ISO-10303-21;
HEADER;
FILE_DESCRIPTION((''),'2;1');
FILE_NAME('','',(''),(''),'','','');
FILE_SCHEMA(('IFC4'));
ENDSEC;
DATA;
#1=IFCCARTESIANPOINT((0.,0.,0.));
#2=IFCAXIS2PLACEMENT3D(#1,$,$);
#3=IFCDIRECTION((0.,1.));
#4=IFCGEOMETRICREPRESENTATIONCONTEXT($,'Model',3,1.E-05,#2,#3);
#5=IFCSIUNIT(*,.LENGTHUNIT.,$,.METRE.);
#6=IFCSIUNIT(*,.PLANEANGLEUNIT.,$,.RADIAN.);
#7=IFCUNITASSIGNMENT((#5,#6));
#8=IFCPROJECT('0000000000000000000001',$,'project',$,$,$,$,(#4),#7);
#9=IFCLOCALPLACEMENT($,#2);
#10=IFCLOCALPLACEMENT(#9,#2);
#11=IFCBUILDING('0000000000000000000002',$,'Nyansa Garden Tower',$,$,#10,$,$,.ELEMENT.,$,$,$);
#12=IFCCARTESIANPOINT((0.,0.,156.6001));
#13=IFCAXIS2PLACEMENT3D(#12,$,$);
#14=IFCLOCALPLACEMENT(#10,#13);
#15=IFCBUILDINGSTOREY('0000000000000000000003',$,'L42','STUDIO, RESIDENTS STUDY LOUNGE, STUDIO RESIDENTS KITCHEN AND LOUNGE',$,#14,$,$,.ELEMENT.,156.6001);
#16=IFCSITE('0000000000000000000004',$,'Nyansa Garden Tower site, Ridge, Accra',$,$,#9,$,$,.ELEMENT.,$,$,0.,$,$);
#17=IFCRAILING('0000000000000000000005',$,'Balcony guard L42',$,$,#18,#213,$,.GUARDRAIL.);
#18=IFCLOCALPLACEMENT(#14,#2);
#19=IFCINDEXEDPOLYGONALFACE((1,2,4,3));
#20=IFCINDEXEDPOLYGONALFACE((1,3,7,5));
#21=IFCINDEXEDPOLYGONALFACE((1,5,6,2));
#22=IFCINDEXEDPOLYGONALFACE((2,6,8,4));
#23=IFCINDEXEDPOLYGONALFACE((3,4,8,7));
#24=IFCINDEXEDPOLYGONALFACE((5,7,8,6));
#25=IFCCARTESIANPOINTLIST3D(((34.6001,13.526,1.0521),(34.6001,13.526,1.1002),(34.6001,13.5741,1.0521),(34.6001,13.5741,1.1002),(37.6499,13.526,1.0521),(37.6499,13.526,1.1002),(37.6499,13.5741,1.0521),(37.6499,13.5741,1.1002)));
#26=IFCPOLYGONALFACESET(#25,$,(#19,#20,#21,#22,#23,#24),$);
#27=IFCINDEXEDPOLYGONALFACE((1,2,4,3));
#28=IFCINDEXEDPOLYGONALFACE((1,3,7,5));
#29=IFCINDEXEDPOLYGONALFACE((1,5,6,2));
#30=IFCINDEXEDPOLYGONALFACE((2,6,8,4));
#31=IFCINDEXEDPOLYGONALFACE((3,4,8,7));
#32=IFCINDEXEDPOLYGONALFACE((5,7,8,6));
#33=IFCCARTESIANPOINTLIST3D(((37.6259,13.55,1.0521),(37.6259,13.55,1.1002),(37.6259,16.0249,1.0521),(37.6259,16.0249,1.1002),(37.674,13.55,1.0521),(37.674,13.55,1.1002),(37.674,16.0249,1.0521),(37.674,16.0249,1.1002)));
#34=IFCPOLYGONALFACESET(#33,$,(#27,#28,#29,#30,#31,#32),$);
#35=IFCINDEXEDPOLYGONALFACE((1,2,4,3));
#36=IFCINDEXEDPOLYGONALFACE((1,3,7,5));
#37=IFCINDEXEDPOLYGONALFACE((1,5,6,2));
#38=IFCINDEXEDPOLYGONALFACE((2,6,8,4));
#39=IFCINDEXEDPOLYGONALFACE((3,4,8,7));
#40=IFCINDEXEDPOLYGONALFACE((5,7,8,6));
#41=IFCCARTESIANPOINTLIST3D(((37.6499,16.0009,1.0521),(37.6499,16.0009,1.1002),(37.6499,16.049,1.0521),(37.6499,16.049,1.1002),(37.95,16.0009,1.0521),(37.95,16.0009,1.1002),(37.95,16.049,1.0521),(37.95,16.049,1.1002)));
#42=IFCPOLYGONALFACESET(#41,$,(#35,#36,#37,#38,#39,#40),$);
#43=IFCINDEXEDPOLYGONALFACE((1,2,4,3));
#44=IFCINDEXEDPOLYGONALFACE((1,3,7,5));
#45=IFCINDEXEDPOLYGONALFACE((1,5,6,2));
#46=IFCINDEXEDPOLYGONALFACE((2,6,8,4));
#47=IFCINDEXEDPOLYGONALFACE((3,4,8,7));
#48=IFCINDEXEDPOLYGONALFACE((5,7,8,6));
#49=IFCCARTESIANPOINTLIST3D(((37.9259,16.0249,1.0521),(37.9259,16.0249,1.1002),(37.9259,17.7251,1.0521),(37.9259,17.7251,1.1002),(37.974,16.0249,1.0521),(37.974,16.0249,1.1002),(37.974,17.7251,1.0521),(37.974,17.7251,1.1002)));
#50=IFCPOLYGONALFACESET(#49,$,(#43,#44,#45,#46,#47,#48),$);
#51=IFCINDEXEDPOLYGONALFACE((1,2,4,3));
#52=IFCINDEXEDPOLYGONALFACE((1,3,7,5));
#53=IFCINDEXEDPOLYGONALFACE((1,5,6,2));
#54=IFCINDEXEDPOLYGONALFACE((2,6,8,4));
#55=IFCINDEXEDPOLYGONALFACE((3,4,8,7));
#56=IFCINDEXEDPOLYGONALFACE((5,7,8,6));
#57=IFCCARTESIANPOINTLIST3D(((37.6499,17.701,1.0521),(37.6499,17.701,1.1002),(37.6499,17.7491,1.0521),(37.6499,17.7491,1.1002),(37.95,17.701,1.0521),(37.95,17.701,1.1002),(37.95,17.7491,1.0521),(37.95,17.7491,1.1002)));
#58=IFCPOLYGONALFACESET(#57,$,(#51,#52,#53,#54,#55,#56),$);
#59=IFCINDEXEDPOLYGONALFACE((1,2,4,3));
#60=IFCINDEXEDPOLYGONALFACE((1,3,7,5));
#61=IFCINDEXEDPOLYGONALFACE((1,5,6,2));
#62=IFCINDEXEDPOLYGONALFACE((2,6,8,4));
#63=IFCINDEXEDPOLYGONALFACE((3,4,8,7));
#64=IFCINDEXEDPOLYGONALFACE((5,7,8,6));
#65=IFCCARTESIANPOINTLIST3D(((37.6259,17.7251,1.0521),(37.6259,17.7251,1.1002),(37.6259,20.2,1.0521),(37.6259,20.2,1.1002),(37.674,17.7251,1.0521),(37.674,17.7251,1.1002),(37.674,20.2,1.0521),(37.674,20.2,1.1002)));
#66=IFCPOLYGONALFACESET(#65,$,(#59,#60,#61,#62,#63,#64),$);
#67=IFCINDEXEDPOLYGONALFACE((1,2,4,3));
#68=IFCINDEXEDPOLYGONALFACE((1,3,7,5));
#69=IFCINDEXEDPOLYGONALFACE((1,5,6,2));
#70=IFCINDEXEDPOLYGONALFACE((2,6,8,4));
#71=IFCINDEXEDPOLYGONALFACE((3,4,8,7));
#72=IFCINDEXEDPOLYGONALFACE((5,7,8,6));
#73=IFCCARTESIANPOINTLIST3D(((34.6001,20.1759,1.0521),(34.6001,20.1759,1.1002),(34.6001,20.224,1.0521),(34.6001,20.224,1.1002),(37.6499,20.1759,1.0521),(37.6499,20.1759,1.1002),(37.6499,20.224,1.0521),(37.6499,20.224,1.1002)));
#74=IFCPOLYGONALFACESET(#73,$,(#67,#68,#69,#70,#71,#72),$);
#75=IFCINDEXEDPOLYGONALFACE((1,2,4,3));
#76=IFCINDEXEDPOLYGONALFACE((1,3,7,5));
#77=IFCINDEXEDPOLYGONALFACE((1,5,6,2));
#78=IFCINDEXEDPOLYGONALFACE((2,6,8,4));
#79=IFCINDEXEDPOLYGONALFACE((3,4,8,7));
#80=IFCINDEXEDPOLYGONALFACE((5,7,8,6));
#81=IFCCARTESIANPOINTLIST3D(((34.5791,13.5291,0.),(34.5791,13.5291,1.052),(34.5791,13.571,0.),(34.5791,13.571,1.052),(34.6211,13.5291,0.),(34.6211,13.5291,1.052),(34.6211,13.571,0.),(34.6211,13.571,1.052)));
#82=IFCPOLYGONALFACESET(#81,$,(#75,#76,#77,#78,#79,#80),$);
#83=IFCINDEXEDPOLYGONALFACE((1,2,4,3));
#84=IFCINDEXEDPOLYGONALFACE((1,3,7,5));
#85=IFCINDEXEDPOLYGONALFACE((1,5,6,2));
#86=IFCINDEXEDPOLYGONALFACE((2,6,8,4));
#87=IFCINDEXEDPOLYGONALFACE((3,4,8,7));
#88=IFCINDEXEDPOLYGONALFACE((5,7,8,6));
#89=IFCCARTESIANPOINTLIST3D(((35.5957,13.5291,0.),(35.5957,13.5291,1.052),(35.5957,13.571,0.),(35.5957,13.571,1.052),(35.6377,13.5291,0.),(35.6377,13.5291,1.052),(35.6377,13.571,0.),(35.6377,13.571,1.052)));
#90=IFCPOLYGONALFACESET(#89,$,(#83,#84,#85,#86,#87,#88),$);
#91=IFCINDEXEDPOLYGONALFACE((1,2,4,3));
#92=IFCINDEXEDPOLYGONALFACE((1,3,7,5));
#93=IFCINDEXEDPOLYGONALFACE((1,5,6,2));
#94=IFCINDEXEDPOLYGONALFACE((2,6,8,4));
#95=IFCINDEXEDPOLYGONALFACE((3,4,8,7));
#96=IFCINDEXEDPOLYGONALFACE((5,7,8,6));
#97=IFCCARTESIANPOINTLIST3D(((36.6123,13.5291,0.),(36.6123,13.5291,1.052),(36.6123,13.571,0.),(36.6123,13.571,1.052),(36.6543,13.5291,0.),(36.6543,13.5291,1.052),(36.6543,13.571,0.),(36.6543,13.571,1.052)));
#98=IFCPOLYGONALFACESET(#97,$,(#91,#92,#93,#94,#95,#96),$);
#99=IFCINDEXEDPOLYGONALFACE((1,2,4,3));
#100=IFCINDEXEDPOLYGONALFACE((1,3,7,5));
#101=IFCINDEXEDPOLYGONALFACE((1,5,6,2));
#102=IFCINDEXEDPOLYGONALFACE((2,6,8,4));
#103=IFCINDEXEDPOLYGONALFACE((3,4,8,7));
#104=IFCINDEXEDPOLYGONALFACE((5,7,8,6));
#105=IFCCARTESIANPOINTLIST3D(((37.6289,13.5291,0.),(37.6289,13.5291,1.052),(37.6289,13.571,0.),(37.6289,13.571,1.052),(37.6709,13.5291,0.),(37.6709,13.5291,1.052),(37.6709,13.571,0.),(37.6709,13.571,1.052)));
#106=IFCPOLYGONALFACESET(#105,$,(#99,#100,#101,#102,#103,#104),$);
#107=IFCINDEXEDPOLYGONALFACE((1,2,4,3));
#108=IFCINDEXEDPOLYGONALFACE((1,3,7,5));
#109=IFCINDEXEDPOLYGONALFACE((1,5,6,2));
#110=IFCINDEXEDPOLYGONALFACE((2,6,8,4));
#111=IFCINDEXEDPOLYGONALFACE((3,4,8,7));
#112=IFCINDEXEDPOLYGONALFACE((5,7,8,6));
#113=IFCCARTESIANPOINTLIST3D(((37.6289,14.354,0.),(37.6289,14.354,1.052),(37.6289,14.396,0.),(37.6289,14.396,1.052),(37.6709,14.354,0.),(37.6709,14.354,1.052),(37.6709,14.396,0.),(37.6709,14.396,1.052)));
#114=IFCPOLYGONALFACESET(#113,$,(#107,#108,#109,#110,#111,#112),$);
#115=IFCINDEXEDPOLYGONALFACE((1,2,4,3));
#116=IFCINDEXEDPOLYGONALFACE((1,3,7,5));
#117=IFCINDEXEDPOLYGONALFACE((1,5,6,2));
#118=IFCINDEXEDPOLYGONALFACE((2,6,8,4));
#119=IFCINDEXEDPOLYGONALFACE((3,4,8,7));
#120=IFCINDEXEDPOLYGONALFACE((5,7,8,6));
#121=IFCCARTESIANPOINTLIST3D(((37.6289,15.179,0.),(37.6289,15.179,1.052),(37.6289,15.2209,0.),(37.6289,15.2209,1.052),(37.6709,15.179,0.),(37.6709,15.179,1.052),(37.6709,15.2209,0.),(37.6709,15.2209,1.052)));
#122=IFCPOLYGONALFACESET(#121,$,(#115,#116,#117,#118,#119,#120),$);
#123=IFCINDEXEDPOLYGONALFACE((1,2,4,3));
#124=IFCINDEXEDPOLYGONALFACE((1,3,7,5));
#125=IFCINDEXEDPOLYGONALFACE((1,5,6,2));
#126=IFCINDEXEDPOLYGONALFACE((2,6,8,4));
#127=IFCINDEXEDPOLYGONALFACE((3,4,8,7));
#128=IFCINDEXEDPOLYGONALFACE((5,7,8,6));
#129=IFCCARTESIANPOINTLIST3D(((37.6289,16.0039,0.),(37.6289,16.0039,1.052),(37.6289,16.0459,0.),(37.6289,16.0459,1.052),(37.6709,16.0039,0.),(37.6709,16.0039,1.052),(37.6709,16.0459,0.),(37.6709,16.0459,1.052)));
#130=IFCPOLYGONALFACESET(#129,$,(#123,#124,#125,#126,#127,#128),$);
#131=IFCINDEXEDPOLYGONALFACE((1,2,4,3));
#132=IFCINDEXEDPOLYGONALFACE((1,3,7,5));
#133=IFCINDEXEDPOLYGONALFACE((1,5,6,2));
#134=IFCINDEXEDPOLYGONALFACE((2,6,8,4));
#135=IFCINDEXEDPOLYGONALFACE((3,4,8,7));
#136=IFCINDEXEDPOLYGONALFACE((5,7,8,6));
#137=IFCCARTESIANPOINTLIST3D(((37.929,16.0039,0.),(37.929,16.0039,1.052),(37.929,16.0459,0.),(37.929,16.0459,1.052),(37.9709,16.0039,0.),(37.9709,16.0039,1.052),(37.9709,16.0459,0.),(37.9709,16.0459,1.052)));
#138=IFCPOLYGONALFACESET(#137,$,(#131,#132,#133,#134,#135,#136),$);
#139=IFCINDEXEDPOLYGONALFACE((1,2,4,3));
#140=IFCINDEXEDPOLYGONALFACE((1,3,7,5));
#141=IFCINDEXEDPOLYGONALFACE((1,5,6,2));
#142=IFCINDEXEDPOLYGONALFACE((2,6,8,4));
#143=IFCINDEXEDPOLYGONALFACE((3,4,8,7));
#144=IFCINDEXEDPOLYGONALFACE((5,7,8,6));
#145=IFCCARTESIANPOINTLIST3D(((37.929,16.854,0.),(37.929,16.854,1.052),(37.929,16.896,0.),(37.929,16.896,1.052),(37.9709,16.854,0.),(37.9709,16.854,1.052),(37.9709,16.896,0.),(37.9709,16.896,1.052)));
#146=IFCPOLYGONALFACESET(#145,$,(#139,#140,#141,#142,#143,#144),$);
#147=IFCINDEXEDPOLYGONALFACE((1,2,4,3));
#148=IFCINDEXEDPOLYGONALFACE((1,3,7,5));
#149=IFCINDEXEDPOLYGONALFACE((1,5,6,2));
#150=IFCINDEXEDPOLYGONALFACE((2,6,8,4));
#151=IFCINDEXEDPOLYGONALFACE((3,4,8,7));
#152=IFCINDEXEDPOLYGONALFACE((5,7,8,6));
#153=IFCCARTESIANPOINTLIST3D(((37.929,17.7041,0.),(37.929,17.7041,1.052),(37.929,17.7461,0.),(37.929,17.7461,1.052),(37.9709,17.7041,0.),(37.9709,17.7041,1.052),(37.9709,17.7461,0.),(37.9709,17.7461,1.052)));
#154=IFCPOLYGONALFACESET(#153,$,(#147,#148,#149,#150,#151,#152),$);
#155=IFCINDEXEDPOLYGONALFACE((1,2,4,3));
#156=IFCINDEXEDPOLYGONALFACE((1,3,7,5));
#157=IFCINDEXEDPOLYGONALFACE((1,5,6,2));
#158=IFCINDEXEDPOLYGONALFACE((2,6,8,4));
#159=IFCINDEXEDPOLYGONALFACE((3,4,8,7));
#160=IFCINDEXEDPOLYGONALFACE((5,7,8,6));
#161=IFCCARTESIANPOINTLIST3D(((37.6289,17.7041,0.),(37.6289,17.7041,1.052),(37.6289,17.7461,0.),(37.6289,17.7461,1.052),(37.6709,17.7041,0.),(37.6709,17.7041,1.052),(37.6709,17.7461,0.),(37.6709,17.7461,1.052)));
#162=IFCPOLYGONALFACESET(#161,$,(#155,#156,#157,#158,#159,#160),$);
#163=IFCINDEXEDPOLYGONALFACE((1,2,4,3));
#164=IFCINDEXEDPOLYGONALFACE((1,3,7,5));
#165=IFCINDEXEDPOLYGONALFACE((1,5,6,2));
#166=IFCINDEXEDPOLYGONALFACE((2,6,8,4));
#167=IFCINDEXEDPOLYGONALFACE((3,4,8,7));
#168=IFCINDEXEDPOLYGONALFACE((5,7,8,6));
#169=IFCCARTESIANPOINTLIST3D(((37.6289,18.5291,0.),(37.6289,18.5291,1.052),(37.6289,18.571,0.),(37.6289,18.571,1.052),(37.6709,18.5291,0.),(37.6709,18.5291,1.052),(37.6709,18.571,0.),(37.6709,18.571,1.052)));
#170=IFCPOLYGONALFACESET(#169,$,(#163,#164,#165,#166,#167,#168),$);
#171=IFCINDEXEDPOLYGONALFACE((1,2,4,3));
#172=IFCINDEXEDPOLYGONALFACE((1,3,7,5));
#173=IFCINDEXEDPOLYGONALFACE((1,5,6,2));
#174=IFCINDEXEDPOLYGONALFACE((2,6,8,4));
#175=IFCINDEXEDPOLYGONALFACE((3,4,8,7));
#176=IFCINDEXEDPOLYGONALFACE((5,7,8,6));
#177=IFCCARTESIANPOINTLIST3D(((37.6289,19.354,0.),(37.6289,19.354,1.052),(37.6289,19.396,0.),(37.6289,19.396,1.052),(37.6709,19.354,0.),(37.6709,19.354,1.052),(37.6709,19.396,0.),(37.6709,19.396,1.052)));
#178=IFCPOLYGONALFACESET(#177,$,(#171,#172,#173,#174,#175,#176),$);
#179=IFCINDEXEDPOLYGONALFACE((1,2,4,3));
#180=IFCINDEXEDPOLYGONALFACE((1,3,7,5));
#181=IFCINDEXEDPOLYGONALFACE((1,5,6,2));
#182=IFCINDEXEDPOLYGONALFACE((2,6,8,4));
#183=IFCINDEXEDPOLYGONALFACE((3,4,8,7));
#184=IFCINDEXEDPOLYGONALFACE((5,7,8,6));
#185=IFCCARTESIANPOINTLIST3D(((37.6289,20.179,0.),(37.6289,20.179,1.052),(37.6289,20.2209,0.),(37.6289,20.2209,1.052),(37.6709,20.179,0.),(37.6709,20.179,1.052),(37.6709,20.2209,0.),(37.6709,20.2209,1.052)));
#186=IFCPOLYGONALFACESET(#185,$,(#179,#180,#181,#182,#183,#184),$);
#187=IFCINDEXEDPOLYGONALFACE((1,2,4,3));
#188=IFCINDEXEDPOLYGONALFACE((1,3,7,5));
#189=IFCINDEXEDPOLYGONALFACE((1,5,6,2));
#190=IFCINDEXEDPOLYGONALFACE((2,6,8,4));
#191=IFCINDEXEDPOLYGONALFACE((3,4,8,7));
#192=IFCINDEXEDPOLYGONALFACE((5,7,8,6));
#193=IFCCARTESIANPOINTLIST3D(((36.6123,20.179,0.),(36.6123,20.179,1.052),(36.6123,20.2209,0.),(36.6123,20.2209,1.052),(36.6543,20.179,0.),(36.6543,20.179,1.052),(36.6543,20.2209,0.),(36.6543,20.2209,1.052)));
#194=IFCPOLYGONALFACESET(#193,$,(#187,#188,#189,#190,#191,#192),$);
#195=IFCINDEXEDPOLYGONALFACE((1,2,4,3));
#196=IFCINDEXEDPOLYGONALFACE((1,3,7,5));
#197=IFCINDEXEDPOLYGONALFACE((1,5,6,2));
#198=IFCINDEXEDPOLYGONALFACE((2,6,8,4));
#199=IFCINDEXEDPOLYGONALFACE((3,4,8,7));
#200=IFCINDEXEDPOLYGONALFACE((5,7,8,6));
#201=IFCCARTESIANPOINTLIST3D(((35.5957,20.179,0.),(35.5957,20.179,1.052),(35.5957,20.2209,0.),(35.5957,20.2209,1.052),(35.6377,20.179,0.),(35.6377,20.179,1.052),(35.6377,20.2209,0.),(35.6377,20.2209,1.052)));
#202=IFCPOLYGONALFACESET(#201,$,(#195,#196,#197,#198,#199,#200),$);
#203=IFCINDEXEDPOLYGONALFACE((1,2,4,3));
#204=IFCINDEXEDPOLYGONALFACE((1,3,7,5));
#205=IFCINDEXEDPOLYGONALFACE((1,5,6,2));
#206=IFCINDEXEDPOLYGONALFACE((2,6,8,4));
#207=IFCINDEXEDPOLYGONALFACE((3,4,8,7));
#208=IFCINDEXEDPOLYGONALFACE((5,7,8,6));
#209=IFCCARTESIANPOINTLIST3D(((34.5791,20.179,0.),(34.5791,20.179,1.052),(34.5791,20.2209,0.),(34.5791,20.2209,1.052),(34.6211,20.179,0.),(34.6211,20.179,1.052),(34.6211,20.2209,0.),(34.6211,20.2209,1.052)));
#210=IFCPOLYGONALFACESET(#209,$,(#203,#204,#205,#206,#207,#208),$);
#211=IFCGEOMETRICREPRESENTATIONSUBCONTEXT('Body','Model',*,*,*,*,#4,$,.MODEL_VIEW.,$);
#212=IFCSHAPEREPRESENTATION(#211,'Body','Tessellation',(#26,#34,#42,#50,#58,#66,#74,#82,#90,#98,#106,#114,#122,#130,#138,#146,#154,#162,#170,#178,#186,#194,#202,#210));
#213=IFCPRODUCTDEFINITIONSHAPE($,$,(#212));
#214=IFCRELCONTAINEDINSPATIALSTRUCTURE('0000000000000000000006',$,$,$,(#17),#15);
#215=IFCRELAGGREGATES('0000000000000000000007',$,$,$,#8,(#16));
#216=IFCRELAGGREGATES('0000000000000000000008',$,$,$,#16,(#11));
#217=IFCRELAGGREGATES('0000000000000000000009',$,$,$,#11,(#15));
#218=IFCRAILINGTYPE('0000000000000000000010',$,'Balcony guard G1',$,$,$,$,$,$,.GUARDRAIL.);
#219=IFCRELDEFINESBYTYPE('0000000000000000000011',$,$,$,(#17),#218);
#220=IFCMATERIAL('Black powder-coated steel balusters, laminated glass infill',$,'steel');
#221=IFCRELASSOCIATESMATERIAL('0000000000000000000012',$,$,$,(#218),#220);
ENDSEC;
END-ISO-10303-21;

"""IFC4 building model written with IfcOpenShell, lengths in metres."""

from ifc_helpers import new_model, si_unit, direction, frame, origin, origin_2d, place, context, subcontext, project, spatial, rectangle, extrude, material, type_object, element, save


model = new_model("IFC4")

# Units and contexts
model_context = context("Model", 3, precision=1e-05, world=origin(), true_north=direction((0.0, 1.0)))
body_context = subcontext(model_context, "Body", "Model", "MODEL_VIEW")
ifc_project = project(units=[si_unit("LENGTHUNIT", "METRE"), si_unit("PLANEANGLEUNIT", "RADIAN")], contexts=[model_context])

# Site, building, storey
site_placement = place(None, origin())
site = spatial("IfcSite", under=ifc_project, at=site_placement, Name="Nyansa Garden Tower site, Ridge, Accra", CompositionType="ELEMENT", RefElevation=0.0)
building_placement = place(site_placement, origin())
building = spatial("IfcBuilding", under=site, at=building_placement, Name="Nyansa Garden Tower", CompositionType="ELEMENT")
storey_placement = place(building_placement, frame((0.0, 0.0, 156.6001)))
storey = spatial("IfcBuildingStorey", under=building, at=storey_placement, Name="L42", Description="STUDIO, RESIDENTS STUDY LOUNGE, STUDIO RESIDENTS KITCHEN AND LOUNGE", CompositionType="ELEMENT", Elevation=156.6001)

# Railing
ifc_material_1 = material(Name="Black powder-coated steel balusters, laminated glass infill", Category="steel")
railing_type = type_object("IfcRailingType", Name="Balcony guard G1", PredefinedType="GUARDRAIL", material=ifc_material_1)
railing_placement = place(storey_placement, frame((34.6001, 13.55, 0.0)))
element("IfcRailing", 1, at=railing_placement, inside=storey, type_object=railing_type, Name="Balcony guard L42", PredefinedType="GUARDRAIL", context=body_context, shape_type="SweptSolid", body=[
    extrude(rectangle(XDim=0.0481, YDim=0.0481, at=origin_2d()), frame((0.0, 0.0, 1.0762), z_axis=(1.0, 0.0, 0.0), x_axis=(0.0, 1.0, 0.0)), (0.0, 0.0, 1.0), 3.0498),
    extrude(rectangle(XDim=0.0481, YDim=0.0481, at=origin_2d()), frame((3.0498, 0.0, 1.0762), z_axis=(0.0, 1.0, 0.0), x_axis=(-1.0, 0.0, 0.0)), (0.0, 0.0, 1.0), 2.4749),
    extrude(rectangle(XDim=0.0481, YDim=0.0481, at=origin_2d()), frame((3.0498, 2.4749, 1.0762), z_axis=(1.0, 0.0, 0.0), x_axis=(0.0, 1.0, 0.0)), (0.0, 0.0, 1.0), 0.3),
    extrude(rectangle(XDim=0.0481, YDim=0.0481, at=origin_2d()), frame((3.3499, 2.4749, 1.0762), z_axis=(0.0, 1.0, 0.0), x_axis=(-1.0, 0.0, 0.0)), (0.0, 0.0, 1.0), 1.7002),
    extrude(rectangle(XDim=0.0481, YDim=0.0481, at=origin_2d()), frame((3.3499, 4.175, 1.0762), z_axis=(-1.0, 0.0, 0.0), x_axis=(0.0, -1.0, 0.0)), (0.0, 0.0, 1.0), 0.3),
    extrude(rectangle(XDim=0.0481, YDim=0.0481, at=origin_2d()), frame((3.0498, 4.175, 1.0762), z_axis=(0.0, 1.0, 0.0), x_axis=(-1.0, 0.0, 0.0)), (0.0, 0.0, 1.0), 2.4749),
    extrude(rectangle(XDim=0.0481, YDim=0.0481, at=origin_2d()), frame((3.0498, 6.6499, 1.0762), z_axis=(-1.0, 0.0, 0.0), x_axis=(0.0, -1.0, 0.0)), (0.0, 0.0, 1.0), 3.0498),
    extrude(rectangle(XDim=0.042, YDim=0.042, at=origin_2d()), origin(), (0.0, 0.0, 1.0), 1.052),
    extrude(rectangle(XDim=0.042, YDim=0.042, at=origin_2d()), frame((1.0166, 0.0, 0.0)), (0.0, 0.0, 1.0), 1.052),
    extrude(rectangle(XDim=0.042, YDim=0.042, at=origin_2d()), frame((2.0332, 0.0, 0.0)), (0.0, 0.0, 1.0), 1.052),
    extrude(rectangle(XDim=0.042, YDim=0.042, at=origin_2d()), frame((3.0498, 0.0, 0.0)), (0.0, 0.0, 1.0), 1.052),
    extrude(rectangle(XDim=0.042, YDim=0.042, at=origin_2d()), frame((3.0498, 0.825, 0.0)), (0.0, 0.0, 1.0), 1.052),
    extrude(rectangle(XDim=0.042, YDim=0.042, at=origin_2d()), frame((3.0498, 1.6499, 0.0)), (0.0, 0.0, 1.0), 1.052),
    extrude(rectangle(XDim=0.042, YDim=0.042, at=origin_2d()), frame((3.0498, 2.4749, 0.0)), (0.0, 0.0, 1.0), 1.052),
    extrude(rectangle(XDim=0.042, YDim=0.042, at=origin_2d()), frame((3.3499, 2.4749, 0.0)), (0.0, 0.0, 1.0), 1.052),
    extrude(rectangle(XDim=0.042, YDim=0.042, at=origin_2d()), frame((3.3499, 3.325, 0.0)), (0.0, 0.0, 1.0), 1.052),
    extrude(rectangle(XDim=0.042, YDim=0.042, at=origin_2d()), frame((3.3499, 4.175, 0.0)), (0.0, 0.0, 1.0), 1.052),
    extrude(rectangle(XDim=0.042, YDim=0.042, at=origin_2d()), frame((3.0498, 4.175, 0.0)), (0.0, 0.0, 1.0), 1.052),
    extrude(rectangle(XDim=0.042, YDim=0.042, at=origin_2d()), frame((3.0498, 5.0, 0.0)), (0.0, 0.0, 1.0), 1.052),
    extrude(rectangle(XDim=0.042, YDim=0.042, at=origin_2d()), frame((3.0498, 5.825, 0.0)), (0.0, 0.0, 1.0), 1.052),
    extrude(rectangle(XDim=0.042, YDim=0.042, at=origin_2d()), frame((3.0498, 6.6499, 0.0)), (0.0, 0.0, 1.0), 1.052),
    extrude(rectangle(XDim=0.042, YDim=0.042, at=origin_2d()), frame((2.0332, 6.6499, 0.0)), (0.0, 0.0, 1.0), 1.052),
    extrude(rectangle(XDim=0.042, YDim=0.042, at=origin_2d()), frame((1.0166, 6.6499, 0.0)), (0.0, 0.0, 1.0), 1.052),
    extrude(rectangle(XDim=0.042, YDim=0.042, at=origin_2d()), frame((0.0, 6.6499, 0.0)), (0.0, 0.0, 1.0), 1.052),
])

save(model, "model.ifc")
